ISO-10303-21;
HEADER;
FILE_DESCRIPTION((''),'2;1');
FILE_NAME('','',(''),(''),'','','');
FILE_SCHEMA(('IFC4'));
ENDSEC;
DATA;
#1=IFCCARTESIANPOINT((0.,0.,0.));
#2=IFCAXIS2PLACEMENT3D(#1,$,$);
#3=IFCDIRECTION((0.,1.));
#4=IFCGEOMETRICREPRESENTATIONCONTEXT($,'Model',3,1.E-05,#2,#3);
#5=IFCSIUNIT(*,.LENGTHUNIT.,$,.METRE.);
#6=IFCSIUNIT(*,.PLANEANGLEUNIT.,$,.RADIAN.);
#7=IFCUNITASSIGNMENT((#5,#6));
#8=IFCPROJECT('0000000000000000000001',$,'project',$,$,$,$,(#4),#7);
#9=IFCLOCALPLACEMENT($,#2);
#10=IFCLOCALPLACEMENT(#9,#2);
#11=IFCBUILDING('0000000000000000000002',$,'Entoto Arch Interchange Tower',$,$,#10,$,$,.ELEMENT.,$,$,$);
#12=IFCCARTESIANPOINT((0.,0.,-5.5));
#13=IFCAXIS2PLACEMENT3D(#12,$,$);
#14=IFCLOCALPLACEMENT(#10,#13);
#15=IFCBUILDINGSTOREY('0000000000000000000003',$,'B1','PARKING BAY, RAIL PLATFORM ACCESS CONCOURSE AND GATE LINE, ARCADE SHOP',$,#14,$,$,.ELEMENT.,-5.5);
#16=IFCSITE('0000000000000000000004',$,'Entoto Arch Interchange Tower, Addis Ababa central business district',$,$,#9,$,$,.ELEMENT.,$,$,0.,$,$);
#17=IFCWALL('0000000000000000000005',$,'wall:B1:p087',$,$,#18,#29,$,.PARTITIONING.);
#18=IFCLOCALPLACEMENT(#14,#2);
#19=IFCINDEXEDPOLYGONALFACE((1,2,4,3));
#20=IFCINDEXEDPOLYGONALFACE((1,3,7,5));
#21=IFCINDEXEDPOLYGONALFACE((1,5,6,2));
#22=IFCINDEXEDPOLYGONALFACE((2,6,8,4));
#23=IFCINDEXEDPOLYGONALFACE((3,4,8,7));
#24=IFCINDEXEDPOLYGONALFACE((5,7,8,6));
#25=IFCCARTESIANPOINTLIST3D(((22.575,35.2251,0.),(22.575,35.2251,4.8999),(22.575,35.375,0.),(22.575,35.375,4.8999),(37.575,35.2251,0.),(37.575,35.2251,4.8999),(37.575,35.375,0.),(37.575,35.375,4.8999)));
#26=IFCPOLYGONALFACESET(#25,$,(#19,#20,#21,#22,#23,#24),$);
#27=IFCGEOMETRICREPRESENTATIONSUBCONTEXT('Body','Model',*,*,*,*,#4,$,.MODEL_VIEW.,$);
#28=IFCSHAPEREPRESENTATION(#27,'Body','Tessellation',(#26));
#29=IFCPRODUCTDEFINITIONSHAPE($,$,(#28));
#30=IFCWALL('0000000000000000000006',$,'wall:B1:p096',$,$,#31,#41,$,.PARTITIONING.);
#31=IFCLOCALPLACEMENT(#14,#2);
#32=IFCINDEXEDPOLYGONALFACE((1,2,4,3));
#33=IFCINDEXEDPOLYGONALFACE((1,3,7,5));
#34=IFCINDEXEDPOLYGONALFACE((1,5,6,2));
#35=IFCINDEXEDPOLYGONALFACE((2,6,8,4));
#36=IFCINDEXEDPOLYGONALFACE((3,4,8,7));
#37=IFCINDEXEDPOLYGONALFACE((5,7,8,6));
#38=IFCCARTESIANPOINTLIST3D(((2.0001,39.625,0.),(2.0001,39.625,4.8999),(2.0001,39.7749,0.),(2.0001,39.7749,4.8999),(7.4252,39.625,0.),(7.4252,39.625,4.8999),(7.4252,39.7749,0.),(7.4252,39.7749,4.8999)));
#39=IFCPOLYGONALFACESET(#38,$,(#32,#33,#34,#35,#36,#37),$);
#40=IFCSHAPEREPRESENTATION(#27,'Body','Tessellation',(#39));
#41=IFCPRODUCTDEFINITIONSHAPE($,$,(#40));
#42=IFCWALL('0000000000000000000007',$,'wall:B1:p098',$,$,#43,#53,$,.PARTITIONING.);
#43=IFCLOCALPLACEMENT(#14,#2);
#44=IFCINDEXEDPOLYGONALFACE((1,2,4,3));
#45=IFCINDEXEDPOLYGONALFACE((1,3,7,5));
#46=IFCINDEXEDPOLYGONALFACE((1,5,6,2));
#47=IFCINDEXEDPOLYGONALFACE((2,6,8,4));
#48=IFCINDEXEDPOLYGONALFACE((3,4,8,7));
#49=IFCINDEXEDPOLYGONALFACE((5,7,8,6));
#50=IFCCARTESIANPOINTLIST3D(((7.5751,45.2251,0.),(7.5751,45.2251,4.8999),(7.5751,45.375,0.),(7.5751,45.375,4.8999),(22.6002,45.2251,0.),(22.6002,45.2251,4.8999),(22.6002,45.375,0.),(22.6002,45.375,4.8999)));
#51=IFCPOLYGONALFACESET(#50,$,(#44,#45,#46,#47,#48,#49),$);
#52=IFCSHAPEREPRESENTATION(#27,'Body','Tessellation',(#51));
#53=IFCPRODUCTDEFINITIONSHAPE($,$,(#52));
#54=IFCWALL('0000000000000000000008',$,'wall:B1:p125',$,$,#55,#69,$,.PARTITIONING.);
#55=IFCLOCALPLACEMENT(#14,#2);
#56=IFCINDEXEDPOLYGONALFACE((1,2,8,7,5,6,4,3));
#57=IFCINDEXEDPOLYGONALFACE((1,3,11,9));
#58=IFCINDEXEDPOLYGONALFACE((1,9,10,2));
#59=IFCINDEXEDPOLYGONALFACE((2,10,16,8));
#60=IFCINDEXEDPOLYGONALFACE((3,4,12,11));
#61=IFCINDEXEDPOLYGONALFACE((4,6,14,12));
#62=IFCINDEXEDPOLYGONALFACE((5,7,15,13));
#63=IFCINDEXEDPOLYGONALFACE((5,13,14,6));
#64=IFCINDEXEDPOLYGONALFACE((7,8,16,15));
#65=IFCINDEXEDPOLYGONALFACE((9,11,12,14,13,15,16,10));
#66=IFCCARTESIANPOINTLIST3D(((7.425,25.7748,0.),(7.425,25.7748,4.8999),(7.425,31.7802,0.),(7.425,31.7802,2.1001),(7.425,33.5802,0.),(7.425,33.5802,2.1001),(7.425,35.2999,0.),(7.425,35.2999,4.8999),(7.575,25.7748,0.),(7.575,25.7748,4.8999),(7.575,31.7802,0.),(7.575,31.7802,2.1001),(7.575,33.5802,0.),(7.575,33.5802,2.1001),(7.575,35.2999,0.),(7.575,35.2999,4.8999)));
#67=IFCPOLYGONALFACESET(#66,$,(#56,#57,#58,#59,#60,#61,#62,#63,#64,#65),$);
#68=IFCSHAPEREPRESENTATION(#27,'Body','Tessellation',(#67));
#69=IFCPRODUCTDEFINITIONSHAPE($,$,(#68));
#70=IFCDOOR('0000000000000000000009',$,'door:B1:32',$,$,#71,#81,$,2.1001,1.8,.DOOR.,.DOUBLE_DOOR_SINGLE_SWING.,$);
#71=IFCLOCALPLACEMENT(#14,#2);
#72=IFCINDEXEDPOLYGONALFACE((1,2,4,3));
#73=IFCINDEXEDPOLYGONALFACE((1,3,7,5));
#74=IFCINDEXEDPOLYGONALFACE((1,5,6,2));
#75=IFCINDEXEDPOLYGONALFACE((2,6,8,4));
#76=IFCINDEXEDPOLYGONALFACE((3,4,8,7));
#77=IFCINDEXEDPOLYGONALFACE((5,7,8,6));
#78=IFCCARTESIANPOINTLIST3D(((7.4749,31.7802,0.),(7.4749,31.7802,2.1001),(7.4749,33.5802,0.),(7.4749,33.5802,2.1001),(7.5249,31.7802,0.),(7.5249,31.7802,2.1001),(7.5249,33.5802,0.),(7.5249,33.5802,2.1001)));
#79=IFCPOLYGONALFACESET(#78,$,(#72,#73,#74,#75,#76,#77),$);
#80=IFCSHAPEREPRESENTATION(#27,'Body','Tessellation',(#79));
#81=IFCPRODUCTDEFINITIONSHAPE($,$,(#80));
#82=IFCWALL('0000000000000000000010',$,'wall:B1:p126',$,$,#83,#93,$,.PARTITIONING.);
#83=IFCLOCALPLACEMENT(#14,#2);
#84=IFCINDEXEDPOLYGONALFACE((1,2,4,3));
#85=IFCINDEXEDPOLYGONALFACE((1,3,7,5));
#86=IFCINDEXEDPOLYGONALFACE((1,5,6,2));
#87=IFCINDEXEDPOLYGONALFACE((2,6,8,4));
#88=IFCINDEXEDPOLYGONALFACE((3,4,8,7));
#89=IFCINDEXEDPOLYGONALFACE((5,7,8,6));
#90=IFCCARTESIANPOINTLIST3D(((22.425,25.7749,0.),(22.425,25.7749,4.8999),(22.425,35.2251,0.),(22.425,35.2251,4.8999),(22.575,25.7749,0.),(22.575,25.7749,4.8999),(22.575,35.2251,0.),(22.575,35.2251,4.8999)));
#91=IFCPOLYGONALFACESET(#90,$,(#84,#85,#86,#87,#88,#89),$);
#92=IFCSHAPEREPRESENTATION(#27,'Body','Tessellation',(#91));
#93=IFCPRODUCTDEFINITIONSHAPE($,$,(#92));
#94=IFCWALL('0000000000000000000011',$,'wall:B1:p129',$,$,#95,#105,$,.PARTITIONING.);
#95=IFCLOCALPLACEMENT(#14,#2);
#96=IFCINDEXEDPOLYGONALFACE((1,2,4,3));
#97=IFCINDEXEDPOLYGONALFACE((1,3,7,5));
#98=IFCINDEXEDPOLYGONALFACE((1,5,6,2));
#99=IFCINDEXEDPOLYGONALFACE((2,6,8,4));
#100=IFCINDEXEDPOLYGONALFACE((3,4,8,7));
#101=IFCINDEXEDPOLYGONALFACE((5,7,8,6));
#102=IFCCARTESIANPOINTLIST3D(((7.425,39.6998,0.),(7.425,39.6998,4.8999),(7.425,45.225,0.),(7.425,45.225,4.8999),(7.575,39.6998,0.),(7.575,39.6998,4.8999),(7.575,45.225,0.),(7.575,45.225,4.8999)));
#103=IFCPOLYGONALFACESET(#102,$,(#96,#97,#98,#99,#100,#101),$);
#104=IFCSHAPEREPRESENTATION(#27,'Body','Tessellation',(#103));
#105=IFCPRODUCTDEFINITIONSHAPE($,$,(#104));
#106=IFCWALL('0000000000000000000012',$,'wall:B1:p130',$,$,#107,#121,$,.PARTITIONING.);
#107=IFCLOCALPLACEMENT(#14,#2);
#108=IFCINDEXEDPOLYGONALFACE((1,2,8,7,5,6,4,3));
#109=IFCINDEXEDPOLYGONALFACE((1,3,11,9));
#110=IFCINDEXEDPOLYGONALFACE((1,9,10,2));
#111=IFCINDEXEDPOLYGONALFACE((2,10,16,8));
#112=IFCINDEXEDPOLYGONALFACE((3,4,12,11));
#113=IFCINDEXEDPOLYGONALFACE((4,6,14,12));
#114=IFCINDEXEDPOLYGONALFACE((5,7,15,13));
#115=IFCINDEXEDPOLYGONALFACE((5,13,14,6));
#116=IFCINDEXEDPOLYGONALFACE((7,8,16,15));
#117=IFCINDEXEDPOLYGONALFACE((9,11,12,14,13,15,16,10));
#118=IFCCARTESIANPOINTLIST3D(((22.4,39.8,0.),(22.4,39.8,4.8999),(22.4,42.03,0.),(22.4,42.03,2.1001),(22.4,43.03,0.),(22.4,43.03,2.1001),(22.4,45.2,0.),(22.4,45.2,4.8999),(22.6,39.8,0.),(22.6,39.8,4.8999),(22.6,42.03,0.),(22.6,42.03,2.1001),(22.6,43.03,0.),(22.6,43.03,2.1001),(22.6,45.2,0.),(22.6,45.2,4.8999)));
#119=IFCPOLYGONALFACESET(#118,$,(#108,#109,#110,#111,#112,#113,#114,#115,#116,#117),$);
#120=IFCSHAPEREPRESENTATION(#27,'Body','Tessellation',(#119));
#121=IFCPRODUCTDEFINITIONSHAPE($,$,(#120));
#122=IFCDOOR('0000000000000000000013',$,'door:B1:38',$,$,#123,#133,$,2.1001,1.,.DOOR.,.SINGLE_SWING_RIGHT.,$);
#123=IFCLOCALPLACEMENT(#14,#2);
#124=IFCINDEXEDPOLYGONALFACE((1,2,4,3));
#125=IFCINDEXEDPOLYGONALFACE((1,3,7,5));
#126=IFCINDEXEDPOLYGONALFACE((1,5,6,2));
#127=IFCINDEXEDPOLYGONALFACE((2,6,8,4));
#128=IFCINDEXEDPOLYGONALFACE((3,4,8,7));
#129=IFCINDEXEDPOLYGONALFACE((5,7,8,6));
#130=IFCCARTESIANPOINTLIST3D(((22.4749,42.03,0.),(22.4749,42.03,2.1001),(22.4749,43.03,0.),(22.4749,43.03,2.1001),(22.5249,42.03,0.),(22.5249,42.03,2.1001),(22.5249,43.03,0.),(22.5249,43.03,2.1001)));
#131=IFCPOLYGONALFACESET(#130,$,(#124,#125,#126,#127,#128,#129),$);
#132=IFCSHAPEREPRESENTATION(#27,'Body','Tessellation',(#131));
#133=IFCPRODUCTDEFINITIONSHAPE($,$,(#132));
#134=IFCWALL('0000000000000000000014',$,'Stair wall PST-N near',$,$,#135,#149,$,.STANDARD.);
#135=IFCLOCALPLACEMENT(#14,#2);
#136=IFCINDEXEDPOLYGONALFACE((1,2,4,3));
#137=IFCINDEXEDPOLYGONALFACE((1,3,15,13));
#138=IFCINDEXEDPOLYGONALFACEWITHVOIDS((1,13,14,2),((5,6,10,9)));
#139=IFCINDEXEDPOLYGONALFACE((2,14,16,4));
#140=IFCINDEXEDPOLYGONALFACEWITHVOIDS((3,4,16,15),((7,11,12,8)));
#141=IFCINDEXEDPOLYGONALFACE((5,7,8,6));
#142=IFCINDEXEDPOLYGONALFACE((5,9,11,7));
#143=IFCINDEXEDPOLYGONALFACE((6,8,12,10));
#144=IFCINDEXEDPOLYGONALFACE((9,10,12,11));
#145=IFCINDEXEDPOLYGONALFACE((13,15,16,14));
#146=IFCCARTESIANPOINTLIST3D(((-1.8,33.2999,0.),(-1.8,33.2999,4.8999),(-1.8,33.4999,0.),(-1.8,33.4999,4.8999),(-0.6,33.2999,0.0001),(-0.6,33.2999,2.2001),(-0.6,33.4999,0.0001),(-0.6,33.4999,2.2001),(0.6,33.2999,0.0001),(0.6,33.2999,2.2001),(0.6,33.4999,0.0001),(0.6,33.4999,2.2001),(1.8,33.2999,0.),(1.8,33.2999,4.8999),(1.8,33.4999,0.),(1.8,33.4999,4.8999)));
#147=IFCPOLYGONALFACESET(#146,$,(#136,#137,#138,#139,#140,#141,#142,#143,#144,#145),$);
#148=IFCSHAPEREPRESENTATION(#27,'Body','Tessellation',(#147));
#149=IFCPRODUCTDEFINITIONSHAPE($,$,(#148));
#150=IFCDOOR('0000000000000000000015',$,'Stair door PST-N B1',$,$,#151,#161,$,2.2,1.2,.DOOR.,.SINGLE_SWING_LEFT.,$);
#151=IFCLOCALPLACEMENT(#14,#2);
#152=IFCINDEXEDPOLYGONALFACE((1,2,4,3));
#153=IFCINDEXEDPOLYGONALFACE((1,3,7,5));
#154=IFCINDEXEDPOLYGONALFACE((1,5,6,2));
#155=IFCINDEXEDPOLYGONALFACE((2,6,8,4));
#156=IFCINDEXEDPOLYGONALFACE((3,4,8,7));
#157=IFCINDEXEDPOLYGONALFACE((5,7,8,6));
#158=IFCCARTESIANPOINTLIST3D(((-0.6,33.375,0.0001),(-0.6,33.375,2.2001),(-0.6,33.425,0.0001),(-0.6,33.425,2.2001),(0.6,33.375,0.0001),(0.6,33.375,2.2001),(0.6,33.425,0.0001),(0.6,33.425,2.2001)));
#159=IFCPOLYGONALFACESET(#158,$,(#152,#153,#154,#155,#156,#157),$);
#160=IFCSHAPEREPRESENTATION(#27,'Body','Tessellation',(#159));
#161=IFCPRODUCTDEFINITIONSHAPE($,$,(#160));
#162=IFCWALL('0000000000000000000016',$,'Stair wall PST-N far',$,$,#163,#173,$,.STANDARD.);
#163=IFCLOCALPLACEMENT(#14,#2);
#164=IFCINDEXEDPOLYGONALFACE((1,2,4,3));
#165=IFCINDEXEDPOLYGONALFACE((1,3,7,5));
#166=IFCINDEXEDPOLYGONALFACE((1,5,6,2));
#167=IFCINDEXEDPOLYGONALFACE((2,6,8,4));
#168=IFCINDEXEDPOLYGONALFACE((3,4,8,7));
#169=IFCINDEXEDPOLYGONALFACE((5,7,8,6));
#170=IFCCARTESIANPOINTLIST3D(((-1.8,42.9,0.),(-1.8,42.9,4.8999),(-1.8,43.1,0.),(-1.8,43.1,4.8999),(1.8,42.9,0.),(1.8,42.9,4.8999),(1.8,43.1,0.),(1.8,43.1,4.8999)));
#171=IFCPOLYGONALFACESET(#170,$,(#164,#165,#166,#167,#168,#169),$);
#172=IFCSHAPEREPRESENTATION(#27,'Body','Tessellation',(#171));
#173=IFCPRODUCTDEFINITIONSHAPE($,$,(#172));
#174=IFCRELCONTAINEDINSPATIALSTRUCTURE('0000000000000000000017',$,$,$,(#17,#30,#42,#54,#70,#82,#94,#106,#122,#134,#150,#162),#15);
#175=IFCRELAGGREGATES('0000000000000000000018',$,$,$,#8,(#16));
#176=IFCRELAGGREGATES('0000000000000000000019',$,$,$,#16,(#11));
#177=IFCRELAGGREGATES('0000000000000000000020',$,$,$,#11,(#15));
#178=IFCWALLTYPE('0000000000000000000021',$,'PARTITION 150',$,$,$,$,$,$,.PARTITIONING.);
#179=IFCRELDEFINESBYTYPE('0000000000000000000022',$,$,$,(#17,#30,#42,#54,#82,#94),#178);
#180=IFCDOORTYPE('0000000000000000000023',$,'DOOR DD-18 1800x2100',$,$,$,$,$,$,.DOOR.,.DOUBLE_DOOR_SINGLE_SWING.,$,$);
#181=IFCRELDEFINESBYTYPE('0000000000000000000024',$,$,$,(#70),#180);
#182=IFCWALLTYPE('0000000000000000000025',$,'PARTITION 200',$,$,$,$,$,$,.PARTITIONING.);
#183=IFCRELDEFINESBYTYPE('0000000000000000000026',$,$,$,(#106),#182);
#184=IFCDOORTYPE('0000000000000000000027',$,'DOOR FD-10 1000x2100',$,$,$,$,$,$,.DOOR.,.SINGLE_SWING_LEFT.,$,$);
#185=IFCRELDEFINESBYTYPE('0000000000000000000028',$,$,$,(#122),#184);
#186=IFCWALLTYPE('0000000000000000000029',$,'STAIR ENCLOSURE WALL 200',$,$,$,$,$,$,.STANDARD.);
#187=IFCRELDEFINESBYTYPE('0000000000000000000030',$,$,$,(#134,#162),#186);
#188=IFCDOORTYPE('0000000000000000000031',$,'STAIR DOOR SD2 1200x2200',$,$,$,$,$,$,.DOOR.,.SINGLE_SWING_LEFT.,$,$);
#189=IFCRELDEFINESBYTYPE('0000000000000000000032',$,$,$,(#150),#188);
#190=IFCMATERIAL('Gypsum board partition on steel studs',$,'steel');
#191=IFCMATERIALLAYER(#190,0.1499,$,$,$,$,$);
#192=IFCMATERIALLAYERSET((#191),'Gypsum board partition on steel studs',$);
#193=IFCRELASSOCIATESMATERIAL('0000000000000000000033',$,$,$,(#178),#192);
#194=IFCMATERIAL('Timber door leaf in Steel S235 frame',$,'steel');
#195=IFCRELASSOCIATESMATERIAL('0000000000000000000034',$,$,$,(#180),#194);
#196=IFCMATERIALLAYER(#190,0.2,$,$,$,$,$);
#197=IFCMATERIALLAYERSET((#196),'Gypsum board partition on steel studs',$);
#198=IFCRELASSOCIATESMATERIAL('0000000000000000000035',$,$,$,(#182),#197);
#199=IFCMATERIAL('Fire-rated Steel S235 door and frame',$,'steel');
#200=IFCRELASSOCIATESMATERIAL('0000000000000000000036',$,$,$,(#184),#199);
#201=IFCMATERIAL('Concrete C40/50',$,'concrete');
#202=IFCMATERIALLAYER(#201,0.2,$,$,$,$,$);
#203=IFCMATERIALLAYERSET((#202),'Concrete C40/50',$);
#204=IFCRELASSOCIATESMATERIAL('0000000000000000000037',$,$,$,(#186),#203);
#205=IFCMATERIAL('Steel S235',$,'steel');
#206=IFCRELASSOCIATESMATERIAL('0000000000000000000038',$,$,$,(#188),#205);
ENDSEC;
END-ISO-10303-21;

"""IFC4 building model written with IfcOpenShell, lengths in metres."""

from ifc_helpers import new_model, si_unit, direction, frame, frame_2d, origin, place, context, subcontext, project, spatial, rectangle, extrude, material, layer, layer_set, type_object, element, fill, save


model = new_model("IFC4")

# Units and contexts
model_context = context("Model", 3, precision=1e-05, world=origin(), true_north=direction((0.0, 1.0)))
body_context = subcontext(model_context, "Body", "Model", "MODEL_VIEW")
ifc_project = project(units=[si_unit("LENGTHUNIT", "METRE"), si_unit("PLANEANGLEUNIT", "RADIAN")], contexts=[model_context])

# Site, building, storey
site_placement = place(None, origin())
site = spatial("IfcSite", under=ifc_project, at=site_placement, Name="Entoto Arch Interchange Tower, Addis Ababa central business district", CompositionType="ELEMENT", RefElevation=0.0)
building_placement = place(site_placement, origin())
building = spatial("IfcBuilding", under=site, at=building_placement, Name="Entoto Arch Interchange Tower", CompositionType="ELEMENT")
storey_placement = place(building_placement, frame((0.0, 0.0, -5.5)))
storey = spatial("IfcBuildingStorey", under=building, at=storey_placement, Name="B1", Description="PARKING BAY, RAIL PLATFORM ACCESS CONCOURSE AND GATE LINE, ARCADE SHOP", CompositionType="ELEMENT", Elevation=-5.5)

# Shared definitions
ifc_material_1 = material(Name="Concrete C40/50", Category="concrete")

# Walls
ifc_material_2 = material(Name="Gypsum board partition on steel studs", Category="steel")
ifc_layer_1 = layer(ifc_material_2, 0.1499)
ifc_layer_set_1 = layer_set([ifc_layer_1], Name="Gypsum board partition on steel studs")
wall_type_1 = type_object("IfcWallType", Name="PARTITION 150", PredefinedType="PARTITIONING", material=ifc_layer_set_1)
wall_1_placement = place(storey_placement, frame((22.575, 35.3, 0.0), z_axis=(0.0, 0.0, 1.0), x_axis=(1.0, 0.0, 0.0)))
element("IfcWall", 1, at=wall_1_placement, inside=storey, type_object=wall_type_1, Name="wall:B1:p087", PredefinedType="PARTITIONING", context=body_context, shape_type="SweptSolid", body=[
    extrude(rectangle(XDim=15.0, YDim=0.1499, at=frame_2d((7.5, 0.0))), origin(), (0.0, 0.0, 1.0), 4.8999),
])
wall_2_placement = place(storey_placement, frame((7.425, 39.7, 0.0), z_axis=(0.0, 0.0, 1.0), x_axis=(-1.0, 0.0, 0.0)))
element("IfcWall", 2, at=wall_2_placement, inside=storey, type_object=wall_type_1, Name="wall:B1:p096", PredefinedType="PARTITIONING", context=body_context, shape_type="SweptSolid", body=[
    extrude(rectangle(XDim=5.425, YDim=0.1499, at=frame_2d((2.7124, 0.0))), origin(), (0.0, 0.0, 1.0), 4.8999),
])
wall_3_placement = place(storey_placement, frame((7.575, 45.3, 0.0), z_axis=(0.0, 0.0, 1.0), x_axis=(1.0, 0.0, 0.0)))
element("IfcWall", 3, at=wall_3_placement, inside=storey, type_object=wall_type_1, Name="wall:B1:p098", PredefinedType="PARTITIONING", context=body_context, shape_type="SweptSolid", body=[
    extrude(rectangle(XDim=15.0251, YDim=0.1499, at=frame_2d((7.5127, 0.0))), origin(), (0.0, 0.0, 1.0), 4.8999),
])

# Wall, opening, door
wall_4_placement = place(storey_placement, frame((7.5, 35.3, 0.0), z_axis=(0.0, 0.0, 1.0), x_axis=(0.0, -1.0, 0.0)))
wall_4 = element("IfcWall", 4, at=wall_4_placement, inside=storey, type_object=wall_type_1, Name="wall:B1:p125", PredefinedType="PARTITIONING", context=body_context, shape_type="SweptSolid", body=[
    extrude(rectangle(XDim=9.5251, YDim=0.1499, at=frame_2d((4.7627, 0.0))), origin(), (0.0, 0.0, 1.0), 4.8999),
])
opening_1_placement = place(wall_4_placement, frame((1.72, 0.0, 0.0)))
opening_1 = element("IfcOpeningElement", 5, at=opening_1_placement, cuts=wall_4, PredefinedType="OPENING", context=body_context, shape_type="SweptSolid", body=[
    extrude(rectangle(XDim=1.8, YDim=2.1001, at=frame_2d((0.8999, 1.05))), frame((0.0, 0.085, 0.0), z_axis=(0.0, -1.0, 0.0), x_axis=(1.0, 0.0, 0.0)), (0.0, 0.0, 1.0), 0.1699),
])
ifc_material_3 = material(Name="Timber door leaf in Steel S235 frame", Category="steel")
door_type_1 = type_object("IfcDoorType", Name="DOOR DD-18 1800x2100", OperationType="DOUBLE_DOOR_SINGLE_SWING", PredefinedType="DOOR", material=ifc_material_3)
door_1_placement = place(opening_1_placement, origin())
door_1 = element("IfcDoor", 6, at=door_1_placement, inside=storey, type_object=door_type_1, Name="door:B1:32", OperationType="DOUBLE_DOOR_SINGLE_SWING", OverallHeight=2.1001, OverallWidth=1.8, PredefinedType="DOOR", context=body_context, shape_type="SweptSolid", body=[
    extrude(rectangle(XDim=1.8, YDim=2.1001, at=frame_2d((0.8999, 1.05))), frame((0.0, 0.0249, 0.0), z_axis=(0.0, -1.0, 0.0), x_axis=(1.0, 0.0, 0.0)), (0.0, 0.0, 1.0), 0.05),
])
fill(opening_1, door_1)

# Walls
wall_5_placement = place(storey_placement, frame((22.5, 35.2251, 0.0), z_axis=(0.0, 0.0, 1.0), x_axis=(0.0, -1.0, 0.0)))
element("IfcWall", 7, at=wall_5_placement, inside=storey, type_object=wall_type_1, Name="wall:B1:p126", PredefinedType="PARTITIONING", context=body_context, shape_type="SweptSolid", body=[
    extrude(rectangle(XDim=9.4502, YDim=0.1499, at=frame_2d((4.7251, 0.0))), origin(), (0.0, 0.0, 1.0), 4.8999),
])
wall_6_placement = place(storey_placement, frame((7.5, 45.2251, 0.0), z_axis=(0.0, 0.0, 1.0), x_axis=(0.0, -1.0, 0.0)))
element("IfcWall", 8, at=wall_6_placement, inside=storey, type_object=wall_type_1, Name="wall:B1:p129", PredefinedType="PARTITIONING", context=body_context, shape_type="SweptSolid", body=[
    extrude(rectangle(XDim=5.5251, YDim=0.1499, at=frame_2d((2.7627, 0.0))), origin(), (0.0, 0.0, 1.0), 4.8999),
])

# Walls, openings, doors
ifc_layer_2 = layer(ifc_material_2, 0.2)
ifc_layer_set_2 = layer_set([ifc_layer_2], Name="Gypsum board partition on steel studs")
wall_type_2 = type_object("IfcWallType", Name="PARTITION 200", PredefinedType="PARTITIONING", material=ifc_layer_set_2)
wall_7_placement = place(storey_placement, frame((22.5, 45.2, 0.0), z_axis=(0.0, 0.0, 1.0), x_axis=(0.0, -1.0, 0.0)))
wall_7 = element("IfcWall", 9, at=wall_7_placement, inside=storey, type_object=wall_type_2, Name="wall:B1:p130", PredefinedType="PARTITIONING", context=body_context, shape_type="SweptSolid", body=[
    extrude(rectangle(XDim=5.3999, YDim=0.2, at=frame_2d((2.7, 0.0))), origin(), (0.0, 0.0, 1.0), 4.8999),
])
opening_2_placement = place(wall_7_placement, frame((2.1699, 0.0, 0.0)))
opening_2 = element("IfcOpeningElement", 10, at=opening_2_placement, cuts=wall_7, PredefinedType="OPENING", context=body_context, shape_type="SweptSolid", body=[
    extrude(rectangle(XDim=1.0, YDim=2.1001, at=frame_2d((0.5, 1.05))), frame((0.0, 0.1099, 0.0), z_axis=(0.0, -1.0, 0.0), x_axis=(1.0, 0.0, 0.0)), (0.0, 0.0, 1.0), 0.22),
])
ifc_material_4 = material(Name="Fire-rated Steel S235 door and frame", Category="steel")
door_type_2 = type_object("IfcDoorType", Name="DOOR FD-10 1000x2100", OperationType="SINGLE_SWING_LEFT", PredefinedType="DOOR", material=ifc_material_4)
door_2_placement = place(opening_2_placement, origin())
door_2 = element("IfcDoor", 11, at=door_2_placement, inside=storey, type_object=door_type_2, Name="door:B1:38", OperationType="SINGLE_SWING_RIGHT", OverallHeight=2.1001, OverallWidth=1.0, PredefinedType="DOOR", context=body_context, shape_type="SweptSolid", body=[
    extrude(rectangle(XDim=1.0, YDim=2.1001, at=frame_2d((0.5, 1.05))), frame((0.0, 0.0249, 0.0), z_axis=(0.0, -1.0, 0.0), x_axis=(1.0, 0.0, 0.0)), (0.0, 0.0, 1.0), 0.05),
])
fill(opening_2, door_2)
ifc_layer_3 = layer(ifc_material_1, 0.2)
ifc_layer_set_3 = layer_set([ifc_layer_3], Name="Concrete C40/50")
wall_type_3 = type_object("IfcWallType", Name="STAIR ENCLOSURE WALL 200", PredefinedType="STANDARD", material=ifc_layer_set_3)
wall_8_placement = place(storey_placement, frame((1.8, 33.3999, 0.0), z_axis=(0.0, 0.0, 1.0), x_axis=(-1.0, 0.0, 0.0)))
wall_8 = element("IfcWall", 12, at=wall_8_placement, inside=storey, type_object=wall_type_3, Name="Stair wall PST-N near", PredefinedType="STANDARD", context=body_context, shape_type="SweptSolid", body=[
    extrude(rectangle(XDim=3.6001, YDim=0.2, at=frame_2d((1.8, 0.0))), origin(), (0.0, 0.0, 1.0), 4.8999),
])
opening_3_placement = place(wall_8_placement, frame((1.2, 0.0, 0.0)))
opening_3 = element("IfcOpeningElement", 13, at=opening_3_placement, cuts=wall_8, PredefinedType="OPENING", context=body_context, shape_type="SweptSolid", body=[
    extrude(rectangle(XDim=1.2, YDim=2.2, at=frame_2d((0.6001, 1.1001))), frame((0.0, 0.1099, 0.0), z_axis=(0.0, -1.0, 0.0), x_axis=(1.0, 0.0, 0.0)), (0.0, 0.0, 1.0), 0.22),
])
ifc_material_5 = material(Name="Steel S235", Category="steel")
door_type_3 = type_object("IfcDoorType", Name="STAIR DOOR SD2 1200x2200", OperationType="SINGLE_SWING_LEFT", PredefinedType="DOOR", material=ifc_material_5)
door_3_placement = place(opening_3_placement, origin())
door_3 = element("IfcDoor", 14, at=door_3_placement, inside=storey, type_object=door_type_3, Name="Stair door PST-N B1", OperationType="SINGLE_SWING_LEFT", OverallHeight=2.2, OverallWidth=1.2, PredefinedType="DOOR", context=body_context, shape_type="SweptSolid", body=[
    extrude(rectangle(XDim=1.2, YDim=2.2, at=frame_2d((0.6001, 1.1001))), frame((0.0, 0.0249, 0.0), z_axis=(0.0, -1.0, 0.0), x_axis=(1.0, 0.0, 0.0)), (0.0, 0.0, 1.0), 0.05),
])
fill(opening_3, door_3)

# Wall
wall_9_placement = place(storey_placement, frame((1.8, 43.0, 0.0), z_axis=(0.0, 0.0, 1.0), x_axis=(-1.0, 0.0, 0.0)))
element("IfcWall", 15, at=wall_9_placement, inside=storey, type_object=wall_type_3, Name="Stair wall PST-N far", PredefinedType="STANDARD", context=body_context, shape_type="SweptSolid", body=[
    extrude(rectangle(XDim=3.6001, YDim=0.2, at=frame_2d((1.8, 0.0))), origin(), (0.0, 0.0, 1.0), 4.8999),
])

save(model, "model.ifc")
